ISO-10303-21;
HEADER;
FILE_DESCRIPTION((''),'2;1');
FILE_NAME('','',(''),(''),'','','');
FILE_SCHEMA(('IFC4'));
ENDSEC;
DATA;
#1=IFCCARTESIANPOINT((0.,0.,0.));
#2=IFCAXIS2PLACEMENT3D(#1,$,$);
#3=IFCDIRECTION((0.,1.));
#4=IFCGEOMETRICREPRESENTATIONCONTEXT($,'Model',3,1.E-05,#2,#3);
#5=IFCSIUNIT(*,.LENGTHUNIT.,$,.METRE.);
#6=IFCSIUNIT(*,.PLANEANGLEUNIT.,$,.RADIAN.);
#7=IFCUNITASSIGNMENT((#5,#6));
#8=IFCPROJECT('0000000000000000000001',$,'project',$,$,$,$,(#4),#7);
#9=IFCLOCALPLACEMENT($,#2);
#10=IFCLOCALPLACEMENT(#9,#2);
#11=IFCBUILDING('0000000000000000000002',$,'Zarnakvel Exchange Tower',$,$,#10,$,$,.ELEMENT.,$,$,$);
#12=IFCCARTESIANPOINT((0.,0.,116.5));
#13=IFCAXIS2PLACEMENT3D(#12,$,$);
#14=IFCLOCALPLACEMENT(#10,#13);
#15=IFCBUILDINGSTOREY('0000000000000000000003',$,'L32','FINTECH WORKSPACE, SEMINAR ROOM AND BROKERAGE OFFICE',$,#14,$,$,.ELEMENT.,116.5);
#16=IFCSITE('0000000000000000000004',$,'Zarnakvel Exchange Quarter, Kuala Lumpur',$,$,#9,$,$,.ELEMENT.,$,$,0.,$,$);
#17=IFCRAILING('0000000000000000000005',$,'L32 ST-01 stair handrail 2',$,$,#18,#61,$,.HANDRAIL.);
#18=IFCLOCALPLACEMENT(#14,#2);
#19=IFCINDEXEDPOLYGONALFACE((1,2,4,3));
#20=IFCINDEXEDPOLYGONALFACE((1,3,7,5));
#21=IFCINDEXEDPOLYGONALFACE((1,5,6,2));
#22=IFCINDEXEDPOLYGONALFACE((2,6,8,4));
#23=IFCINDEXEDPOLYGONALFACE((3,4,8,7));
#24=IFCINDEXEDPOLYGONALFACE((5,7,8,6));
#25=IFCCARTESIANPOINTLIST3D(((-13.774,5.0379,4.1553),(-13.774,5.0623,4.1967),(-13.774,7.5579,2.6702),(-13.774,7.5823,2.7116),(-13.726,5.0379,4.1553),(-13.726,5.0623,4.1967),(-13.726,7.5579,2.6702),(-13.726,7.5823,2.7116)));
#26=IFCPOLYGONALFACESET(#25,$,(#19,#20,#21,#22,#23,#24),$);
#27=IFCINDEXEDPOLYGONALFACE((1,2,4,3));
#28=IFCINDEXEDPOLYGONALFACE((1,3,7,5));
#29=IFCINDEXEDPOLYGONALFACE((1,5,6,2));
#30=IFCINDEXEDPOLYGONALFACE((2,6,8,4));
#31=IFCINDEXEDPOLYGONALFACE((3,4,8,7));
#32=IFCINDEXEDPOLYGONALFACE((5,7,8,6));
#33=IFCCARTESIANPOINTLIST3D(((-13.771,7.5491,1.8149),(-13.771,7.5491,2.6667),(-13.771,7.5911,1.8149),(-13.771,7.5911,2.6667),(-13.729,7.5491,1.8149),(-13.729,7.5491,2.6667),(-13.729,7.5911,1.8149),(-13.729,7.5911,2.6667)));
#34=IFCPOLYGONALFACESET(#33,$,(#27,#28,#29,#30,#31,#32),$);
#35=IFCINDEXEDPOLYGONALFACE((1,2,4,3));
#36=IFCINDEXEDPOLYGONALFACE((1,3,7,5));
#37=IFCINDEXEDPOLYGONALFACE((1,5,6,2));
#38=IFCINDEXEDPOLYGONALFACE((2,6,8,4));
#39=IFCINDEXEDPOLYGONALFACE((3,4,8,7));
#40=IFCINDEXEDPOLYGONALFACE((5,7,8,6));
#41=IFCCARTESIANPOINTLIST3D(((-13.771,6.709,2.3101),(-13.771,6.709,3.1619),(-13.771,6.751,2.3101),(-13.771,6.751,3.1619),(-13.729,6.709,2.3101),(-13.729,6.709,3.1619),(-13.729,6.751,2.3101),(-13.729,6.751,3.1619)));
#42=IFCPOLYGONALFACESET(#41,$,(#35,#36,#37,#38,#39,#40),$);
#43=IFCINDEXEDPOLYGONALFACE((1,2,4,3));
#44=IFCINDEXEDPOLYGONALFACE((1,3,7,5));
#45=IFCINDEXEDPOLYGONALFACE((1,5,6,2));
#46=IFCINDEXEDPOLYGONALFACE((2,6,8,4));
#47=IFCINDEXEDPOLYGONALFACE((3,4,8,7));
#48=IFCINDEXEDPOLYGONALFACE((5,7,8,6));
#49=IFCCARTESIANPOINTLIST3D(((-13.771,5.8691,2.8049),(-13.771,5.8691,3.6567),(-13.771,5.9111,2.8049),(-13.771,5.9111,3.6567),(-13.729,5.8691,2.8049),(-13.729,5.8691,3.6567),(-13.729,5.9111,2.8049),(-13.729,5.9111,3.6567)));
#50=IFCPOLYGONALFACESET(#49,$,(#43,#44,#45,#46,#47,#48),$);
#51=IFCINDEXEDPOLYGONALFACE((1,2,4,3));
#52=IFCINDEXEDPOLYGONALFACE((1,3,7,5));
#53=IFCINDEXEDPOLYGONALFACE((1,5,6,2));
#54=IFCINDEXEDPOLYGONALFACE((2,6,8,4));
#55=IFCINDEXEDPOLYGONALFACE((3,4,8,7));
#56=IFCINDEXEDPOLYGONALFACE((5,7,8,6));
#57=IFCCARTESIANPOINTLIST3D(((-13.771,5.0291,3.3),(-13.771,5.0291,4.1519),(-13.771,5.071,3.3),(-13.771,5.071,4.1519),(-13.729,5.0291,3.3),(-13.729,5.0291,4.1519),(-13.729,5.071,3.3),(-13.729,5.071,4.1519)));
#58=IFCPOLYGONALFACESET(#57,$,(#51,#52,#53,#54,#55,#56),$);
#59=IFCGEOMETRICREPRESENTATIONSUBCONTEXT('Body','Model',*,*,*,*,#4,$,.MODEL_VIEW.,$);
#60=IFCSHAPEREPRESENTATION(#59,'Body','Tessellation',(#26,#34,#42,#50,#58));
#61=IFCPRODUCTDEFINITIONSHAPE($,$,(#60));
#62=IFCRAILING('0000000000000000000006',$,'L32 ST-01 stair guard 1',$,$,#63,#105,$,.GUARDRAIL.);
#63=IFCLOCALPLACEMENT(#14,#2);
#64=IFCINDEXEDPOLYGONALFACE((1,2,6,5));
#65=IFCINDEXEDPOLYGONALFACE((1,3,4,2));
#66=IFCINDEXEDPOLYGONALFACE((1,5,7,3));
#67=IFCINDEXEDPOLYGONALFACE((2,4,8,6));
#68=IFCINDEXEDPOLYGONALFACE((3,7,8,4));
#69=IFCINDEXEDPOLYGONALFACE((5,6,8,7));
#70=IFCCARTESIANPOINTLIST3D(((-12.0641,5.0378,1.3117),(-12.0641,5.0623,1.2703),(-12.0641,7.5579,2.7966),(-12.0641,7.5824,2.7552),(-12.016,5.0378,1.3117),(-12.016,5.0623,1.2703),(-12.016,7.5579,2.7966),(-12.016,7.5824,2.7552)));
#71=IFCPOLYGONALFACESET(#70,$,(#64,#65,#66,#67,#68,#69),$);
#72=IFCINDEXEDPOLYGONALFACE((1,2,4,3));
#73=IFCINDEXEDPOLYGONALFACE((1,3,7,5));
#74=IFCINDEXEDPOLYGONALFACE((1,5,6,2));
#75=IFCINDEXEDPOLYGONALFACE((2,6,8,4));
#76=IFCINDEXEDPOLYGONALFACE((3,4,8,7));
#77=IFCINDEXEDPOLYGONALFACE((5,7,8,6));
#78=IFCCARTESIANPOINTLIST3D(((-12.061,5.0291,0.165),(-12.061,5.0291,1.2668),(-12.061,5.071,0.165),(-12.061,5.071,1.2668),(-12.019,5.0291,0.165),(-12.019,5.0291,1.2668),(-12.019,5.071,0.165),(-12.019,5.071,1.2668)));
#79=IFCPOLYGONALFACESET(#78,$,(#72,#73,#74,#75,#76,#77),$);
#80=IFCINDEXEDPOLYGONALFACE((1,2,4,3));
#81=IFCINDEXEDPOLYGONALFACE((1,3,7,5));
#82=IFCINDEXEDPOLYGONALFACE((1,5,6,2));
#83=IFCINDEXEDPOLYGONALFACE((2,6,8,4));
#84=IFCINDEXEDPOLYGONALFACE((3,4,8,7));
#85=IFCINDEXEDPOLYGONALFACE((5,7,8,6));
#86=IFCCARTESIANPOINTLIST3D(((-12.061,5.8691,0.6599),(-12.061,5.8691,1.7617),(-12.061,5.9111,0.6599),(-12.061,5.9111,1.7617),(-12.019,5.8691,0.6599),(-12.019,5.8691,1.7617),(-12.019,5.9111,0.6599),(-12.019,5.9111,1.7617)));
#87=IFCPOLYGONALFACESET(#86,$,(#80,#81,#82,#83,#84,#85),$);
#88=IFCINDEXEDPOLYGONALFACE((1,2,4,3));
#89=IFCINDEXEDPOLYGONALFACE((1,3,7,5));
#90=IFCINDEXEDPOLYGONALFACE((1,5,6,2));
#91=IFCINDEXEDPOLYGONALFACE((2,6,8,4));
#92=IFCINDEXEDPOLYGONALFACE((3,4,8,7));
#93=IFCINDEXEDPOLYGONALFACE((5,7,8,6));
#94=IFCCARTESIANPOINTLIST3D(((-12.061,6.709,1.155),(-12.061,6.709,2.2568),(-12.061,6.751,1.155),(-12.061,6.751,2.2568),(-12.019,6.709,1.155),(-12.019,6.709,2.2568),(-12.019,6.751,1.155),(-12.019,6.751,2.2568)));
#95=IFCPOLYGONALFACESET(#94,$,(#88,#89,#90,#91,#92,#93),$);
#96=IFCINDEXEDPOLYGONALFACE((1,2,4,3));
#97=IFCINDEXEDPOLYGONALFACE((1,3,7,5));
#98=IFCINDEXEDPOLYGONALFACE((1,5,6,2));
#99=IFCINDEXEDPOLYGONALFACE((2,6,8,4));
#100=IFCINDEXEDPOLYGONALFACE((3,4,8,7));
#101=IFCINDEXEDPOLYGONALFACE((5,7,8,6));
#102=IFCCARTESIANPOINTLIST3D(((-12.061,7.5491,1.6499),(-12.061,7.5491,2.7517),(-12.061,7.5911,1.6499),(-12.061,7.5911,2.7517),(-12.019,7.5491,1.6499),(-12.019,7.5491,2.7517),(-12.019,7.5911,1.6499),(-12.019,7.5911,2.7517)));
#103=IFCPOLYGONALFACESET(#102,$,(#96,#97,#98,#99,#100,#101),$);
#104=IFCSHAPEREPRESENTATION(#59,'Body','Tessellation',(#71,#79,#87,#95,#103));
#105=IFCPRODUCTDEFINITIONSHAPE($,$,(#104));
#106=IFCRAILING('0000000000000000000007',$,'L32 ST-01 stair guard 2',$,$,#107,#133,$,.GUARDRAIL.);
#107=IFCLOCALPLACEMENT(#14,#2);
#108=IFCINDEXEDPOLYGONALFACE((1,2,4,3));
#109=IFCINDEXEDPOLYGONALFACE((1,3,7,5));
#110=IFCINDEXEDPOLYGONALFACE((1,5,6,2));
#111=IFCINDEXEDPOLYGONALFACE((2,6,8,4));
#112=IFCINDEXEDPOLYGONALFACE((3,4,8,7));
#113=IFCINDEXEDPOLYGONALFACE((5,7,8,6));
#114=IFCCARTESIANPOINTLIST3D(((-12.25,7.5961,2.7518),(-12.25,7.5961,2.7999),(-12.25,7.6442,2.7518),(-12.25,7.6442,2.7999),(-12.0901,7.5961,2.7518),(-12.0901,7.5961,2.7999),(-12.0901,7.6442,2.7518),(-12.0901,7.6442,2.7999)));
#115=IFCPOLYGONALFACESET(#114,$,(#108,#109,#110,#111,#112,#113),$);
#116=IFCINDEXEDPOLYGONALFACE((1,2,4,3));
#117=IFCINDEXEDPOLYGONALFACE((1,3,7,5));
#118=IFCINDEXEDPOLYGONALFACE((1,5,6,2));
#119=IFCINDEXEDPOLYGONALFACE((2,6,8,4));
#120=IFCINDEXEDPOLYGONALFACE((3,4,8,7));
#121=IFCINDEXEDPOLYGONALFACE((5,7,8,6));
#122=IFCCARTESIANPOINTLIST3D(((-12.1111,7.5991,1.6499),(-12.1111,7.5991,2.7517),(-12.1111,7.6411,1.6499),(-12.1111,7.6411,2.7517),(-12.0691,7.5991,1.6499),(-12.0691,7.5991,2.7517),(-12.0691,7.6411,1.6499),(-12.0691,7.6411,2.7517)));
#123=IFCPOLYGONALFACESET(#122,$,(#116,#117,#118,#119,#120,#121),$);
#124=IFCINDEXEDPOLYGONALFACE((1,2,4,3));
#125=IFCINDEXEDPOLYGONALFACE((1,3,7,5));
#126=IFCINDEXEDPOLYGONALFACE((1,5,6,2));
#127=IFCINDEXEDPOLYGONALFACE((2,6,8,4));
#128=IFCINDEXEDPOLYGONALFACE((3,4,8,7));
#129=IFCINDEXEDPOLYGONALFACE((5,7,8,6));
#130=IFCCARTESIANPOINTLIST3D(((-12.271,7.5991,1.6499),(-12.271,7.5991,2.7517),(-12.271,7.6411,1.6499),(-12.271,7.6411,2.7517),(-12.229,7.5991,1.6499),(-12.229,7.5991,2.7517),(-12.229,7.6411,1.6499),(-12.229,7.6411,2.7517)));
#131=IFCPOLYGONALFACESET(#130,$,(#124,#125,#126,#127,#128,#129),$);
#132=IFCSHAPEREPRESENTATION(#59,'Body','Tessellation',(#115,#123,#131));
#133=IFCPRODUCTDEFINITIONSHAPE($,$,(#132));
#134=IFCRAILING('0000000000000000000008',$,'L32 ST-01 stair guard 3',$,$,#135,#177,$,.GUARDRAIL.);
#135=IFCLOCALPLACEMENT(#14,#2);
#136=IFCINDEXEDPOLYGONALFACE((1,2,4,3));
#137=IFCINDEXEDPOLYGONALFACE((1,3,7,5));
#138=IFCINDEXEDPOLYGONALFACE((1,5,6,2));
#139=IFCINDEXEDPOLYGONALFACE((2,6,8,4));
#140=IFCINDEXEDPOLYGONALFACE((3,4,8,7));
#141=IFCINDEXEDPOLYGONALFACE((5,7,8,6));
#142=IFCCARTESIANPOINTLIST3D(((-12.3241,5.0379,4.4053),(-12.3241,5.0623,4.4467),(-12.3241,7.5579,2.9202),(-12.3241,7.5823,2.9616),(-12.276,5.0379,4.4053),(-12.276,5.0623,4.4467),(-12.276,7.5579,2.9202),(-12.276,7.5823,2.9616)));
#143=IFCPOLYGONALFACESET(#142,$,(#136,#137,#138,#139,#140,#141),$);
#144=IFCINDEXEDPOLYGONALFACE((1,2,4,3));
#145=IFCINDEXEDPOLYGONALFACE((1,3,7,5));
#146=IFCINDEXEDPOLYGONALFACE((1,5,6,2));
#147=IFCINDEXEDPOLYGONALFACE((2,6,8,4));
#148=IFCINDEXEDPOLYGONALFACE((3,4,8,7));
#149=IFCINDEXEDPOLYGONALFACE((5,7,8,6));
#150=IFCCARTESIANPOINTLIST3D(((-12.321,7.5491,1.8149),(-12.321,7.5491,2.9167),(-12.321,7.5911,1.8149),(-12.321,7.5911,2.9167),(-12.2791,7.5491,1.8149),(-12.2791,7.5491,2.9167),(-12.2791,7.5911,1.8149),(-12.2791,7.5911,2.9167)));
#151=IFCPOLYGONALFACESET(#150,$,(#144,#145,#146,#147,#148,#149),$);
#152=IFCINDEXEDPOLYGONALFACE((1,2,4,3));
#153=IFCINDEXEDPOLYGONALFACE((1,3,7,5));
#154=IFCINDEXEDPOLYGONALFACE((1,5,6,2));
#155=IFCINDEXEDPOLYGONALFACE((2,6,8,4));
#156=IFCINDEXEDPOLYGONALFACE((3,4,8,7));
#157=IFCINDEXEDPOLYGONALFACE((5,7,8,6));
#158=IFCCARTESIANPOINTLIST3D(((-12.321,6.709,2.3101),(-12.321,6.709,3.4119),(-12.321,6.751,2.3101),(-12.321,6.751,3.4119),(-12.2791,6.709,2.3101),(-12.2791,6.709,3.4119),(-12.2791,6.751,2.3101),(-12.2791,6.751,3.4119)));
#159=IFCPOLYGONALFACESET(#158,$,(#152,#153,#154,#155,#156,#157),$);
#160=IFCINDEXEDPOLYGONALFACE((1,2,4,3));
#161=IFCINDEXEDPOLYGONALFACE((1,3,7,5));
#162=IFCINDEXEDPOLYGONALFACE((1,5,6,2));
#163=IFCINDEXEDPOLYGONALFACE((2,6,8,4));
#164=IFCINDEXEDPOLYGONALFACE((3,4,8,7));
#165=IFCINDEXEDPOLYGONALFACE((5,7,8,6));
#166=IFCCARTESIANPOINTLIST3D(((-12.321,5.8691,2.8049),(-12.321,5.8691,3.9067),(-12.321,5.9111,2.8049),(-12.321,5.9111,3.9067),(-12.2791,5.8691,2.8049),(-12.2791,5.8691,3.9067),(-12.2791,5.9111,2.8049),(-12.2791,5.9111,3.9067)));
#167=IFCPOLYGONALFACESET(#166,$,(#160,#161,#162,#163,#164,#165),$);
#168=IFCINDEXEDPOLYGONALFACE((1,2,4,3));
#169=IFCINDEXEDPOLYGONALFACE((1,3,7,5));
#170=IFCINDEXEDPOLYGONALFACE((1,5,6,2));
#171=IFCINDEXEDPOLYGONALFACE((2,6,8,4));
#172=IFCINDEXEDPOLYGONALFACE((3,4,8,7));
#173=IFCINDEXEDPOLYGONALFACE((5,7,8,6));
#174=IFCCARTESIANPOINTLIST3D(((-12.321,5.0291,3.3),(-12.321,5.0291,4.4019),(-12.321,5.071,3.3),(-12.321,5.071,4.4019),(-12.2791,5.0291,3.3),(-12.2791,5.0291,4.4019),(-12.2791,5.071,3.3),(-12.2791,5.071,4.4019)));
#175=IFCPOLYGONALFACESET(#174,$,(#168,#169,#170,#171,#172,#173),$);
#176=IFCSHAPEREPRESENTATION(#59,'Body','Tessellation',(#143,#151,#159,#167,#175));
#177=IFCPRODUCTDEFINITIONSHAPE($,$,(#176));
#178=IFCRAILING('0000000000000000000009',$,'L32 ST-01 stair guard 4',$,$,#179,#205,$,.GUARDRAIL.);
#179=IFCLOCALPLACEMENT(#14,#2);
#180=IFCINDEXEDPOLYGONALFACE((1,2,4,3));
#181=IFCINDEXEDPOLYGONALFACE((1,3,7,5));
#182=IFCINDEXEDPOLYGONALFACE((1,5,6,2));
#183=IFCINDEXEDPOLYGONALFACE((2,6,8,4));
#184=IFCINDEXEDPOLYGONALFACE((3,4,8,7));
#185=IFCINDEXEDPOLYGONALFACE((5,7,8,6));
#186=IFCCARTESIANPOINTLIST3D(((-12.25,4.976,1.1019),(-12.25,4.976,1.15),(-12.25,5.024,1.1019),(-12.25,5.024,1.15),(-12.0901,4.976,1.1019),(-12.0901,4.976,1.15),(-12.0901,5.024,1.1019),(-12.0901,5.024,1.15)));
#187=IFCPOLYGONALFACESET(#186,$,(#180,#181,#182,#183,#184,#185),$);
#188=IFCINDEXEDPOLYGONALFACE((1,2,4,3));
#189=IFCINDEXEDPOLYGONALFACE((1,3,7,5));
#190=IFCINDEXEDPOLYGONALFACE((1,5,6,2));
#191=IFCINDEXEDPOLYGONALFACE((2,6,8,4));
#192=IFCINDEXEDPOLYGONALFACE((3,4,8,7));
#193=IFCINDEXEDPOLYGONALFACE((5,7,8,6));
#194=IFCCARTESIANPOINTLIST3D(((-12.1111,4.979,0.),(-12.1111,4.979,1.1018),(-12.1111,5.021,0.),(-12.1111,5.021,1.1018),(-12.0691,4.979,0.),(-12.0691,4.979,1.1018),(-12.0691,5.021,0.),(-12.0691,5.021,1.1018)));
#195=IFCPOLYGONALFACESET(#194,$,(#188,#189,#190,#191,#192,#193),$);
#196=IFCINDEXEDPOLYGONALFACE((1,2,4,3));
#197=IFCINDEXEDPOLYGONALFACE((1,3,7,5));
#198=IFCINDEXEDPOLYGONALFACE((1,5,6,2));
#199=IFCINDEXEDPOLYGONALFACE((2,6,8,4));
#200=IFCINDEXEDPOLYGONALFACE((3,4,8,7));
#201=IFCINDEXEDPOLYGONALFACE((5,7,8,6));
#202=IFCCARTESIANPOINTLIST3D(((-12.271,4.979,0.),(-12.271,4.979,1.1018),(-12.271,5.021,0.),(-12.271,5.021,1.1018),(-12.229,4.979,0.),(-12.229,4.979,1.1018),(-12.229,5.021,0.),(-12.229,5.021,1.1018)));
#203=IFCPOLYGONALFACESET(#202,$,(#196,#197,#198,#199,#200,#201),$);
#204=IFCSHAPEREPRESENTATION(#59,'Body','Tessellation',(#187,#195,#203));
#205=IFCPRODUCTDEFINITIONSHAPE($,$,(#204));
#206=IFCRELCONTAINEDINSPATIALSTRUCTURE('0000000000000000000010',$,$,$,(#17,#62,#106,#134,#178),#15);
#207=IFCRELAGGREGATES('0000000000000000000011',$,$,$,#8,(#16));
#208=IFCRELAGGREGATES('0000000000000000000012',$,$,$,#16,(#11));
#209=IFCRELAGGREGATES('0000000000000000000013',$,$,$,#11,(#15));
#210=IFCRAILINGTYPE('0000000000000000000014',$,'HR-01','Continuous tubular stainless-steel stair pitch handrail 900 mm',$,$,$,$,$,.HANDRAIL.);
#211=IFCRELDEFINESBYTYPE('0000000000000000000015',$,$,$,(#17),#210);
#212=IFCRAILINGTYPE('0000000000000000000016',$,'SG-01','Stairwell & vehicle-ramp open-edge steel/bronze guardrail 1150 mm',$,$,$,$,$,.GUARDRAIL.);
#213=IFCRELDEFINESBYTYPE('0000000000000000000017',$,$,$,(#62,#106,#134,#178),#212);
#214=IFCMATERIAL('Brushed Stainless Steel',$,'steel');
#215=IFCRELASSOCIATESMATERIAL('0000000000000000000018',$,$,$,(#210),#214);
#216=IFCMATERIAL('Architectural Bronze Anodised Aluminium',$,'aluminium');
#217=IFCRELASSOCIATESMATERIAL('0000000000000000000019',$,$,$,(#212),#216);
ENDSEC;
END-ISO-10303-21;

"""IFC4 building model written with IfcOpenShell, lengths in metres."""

from ifc_helpers import new_model, si_unit, direction, frame, origin, origin_2d, place, context, subcontext, project, spatial, rectangle, extrude, material, type_object, element, save


model = new_model("IFC4")

# Units and contexts
model_context = context("Model", 3, precision=1e-05, world=origin(), true_north=direction((0.0, 1.0)))
body_context = subcontext(model_context, "Body", "Model", "MODEL_VIEW")
ifc_project = project(units=[si_unit("LENGTHUNIT", "METRE"), si_unit("PLANEANGLEUNIT", "RADIAN")], contexts=[model_context])

# Site, building, storey
site_placement = place(None, origin())
site = spatial("IfcSite", under=ifc_project, at=site_placement, Name="Zarnakvel Exchange Quarter, Kuala Lumpur", CompositionType="ELEMENT", RefElevation=0.0)
building_placement = place(site_placement, origin())
building = spatial("IfcBuilding", under=site, at=building_placement, Name="Zarnakvel Exchange Tower", CompositionType="ELEMENT")
storey_placement = place(building_placement, frame((0.0, 0.0, 116.5)))
storey = spatial("IfcBuildingStorey", under=building, at=storey_placement, Name="L32", Description="FINTECH WORKSPACE, SEMINAR ROOM AND BROKERAGE OFFICE", CompositionType="ELEMENT", Elevation=116.5)

# Shared definitions
ifc_material_1 = material(Name="Architectural Bronze Anodised Aluminium", Category="aluminium")

# Railings
ifc_material_2 = material(Name="Brushed Stainless Steel", Category="steel")
railing_type_1 = type_object("IfcRailingType", Name="HR-01", Description="Continuous tubular stainless-steel stair pitch handrail 900 mm", PredefinedType="HANDRAIL", material=ifc_material_2)
railing_1_placement = place(storey_placement, frame((-13.75, 7.5701, 1.8149)))
element("IfcRailing", 1, at=railing_1_placement, inside=storey, type_object=railing_type_1, Name="L32 ST-01 stair handrail 2", PredefinedType="HANDRAIL", context=body_context, shape_type="SweptSolid", body=[
    extrude(rectangle(XDim=0.0481, YDim=0.0481, at=origin_2d()), frame((0.0, 0.0, 0.876), z_axis=(0.0, -0.861524, 0.507717), x_axis=(1.0, 0.0, 0.0)), (0.0, 0.0, 1.0), 2.925),
    extrude(rectangle(XDim=0.042, YDim=0.042, at=origin_2d()), origin(), (0.0, 0.0, 1.0), 0.8518),
    extrude(rectangle(XDim=0.042, YDim=0.042, at=origin_2d()), frame((0.0, -0.8401, 0.4951)), (0.0, 0.0, 1.0), 0.8518),
    extrude(rectangle(XDim=0.042, YDim=0.042, at=origin_2d()), frame((0.0, -1.6799, 0.99)), (0.0, 0.0, 1.0), 0.8518),
    extrude(rectangle(XDim=0.042, YDim=0.042, at=origin_2d()), frame((0.0, -2.52, 1.4851)), (0.0, 0.0, 1.0), 0.8518),
])
railing_type_2 = type_object("IfcRailingType", Name="SG-01", Description="Stairwell & vehicle-ramp open-edge steel/bronze guardrail 1150 mm", PredefinedType="GUARDRAIL", material=ifc_material_1)
railing_2_placement = place(storey_placement, frame((-12.04, 5.05, 0.165)))
element("IfcRailing", 2, at=railing_2_placement, inside=storey, type_object=railing_type_2, Name="L32 ST-01 stair guard 1", PredefinedType="GUARDRAIL", context=body_context, shape_type="SweptSolid", body=[
    extrude(rectangle(XDim=0.0481, YDim=0.0481, at=origin_2d()), frame((0.0, 0.0, 1.126), z_axis=(0.0, 0.861561, 0.507655), x_axis=(-1.0, 0.0, 0.0)), (0.0, 0.0, 1.0), 2.925),
    extrude(rectangle(XDim=0.042, YDim=0.042, at=origin_2d()), origin(), (0.0, 0.0, 1.0), 1.1018),
    extrude(rectangle(XDim=0.042, YDim=0.042, at=origin_2d()), frame((0.0, 0.8401, 0.4949)), (0.0, 0.0, 1.0), 1.1018),
    extrude(rectangle(XDim=0.042, YDim=0.042, at=origin_2d()), frame((0.0, 1.6799, 0.99)), (0.0, 0.0, 1.0), 1.1018),
    extrude(rectangle(XDim=0.042, YDim=0.042, at=origin_2d()), frame((0.0, 2.52, 1.4849)), (0.0, 0.0, 1.0), 1.1018),
])
railing_3_placement = place(storey_placement, frame((-12.0901, 7.6201, 1.6499)))
element("IfcRailing", 3, at=railing_3_placement, inside=storey, type_object=railing_type_2, Name="L32 ST-01 stair guard 2", PredefinedType="GUARDRAIL", context=body_context, shape_type="SweptSolid", body=[
    extrude(rectangle(XDim=0.0481, YDim=0.0481, at=origin_2d()), frame((0.0, 0.0, 1.126), z_axis=(-1.0, 0.0, 0.0), x_axis=(0.0, -1.0, 0.0)), (0.0, 0.0, 1.0), 0.1599),
    extrude(rectangle(XDim=0.042, YDim=0.042, at=origin_2d()), origin(), (0.0, 0.0, 1.0), 1.1018),
    extrude(rectangle(XDim=0.042, YDim=0.042, at=origin_2d()), frame((-0.1599, 0.0, 0.0)), (0.0, 0.0, 1.0), 1.1018),
])
railing_4_placement = place(storey_placement, frame((-12.3, 7.5701, 1.8149)))
element("IfcRailing", 4, at=railing_4_placement, inside=storey, type_object=railing_type_2, Name="L32 ST-01 stair guard 3", PredefinedType="GUARDRAIL", context=body_context, shape_type="SweptSolid", body=[
    extrude(rectangle(XDim=0.0481, YDim=0.0481, at=origin_2d()), frame((0.0, 0.0, 1.126), z_axis=(0.0, -0.861524, 0.507717), x_axis=(1.0, 0.0, 0.0)), (0.0, 0.0, 1.0), 2.925),
    extrude(rectangle(XDim=0.042, YDim=0.042, at=origin_2d()), origin(), (0.0, 0.0, 1.0), 1.1018),
    extrude(rectangle(XDim=0.042, YDim=0.042, at=origin_2d()), frame((0.0, -0.8401, 0.4951)), (0.0, 0.0, 1.0), 1.1018),
    extrude(rectangle(XDim=0.042, YDim=0.042, at=origin_2d()), frame((0.0, -1.6799, 0.99)), (0.0, 0.0, 1.0), 1.1018),
    extrude(rectangle(XDim=0.042, YDim=0.042, at=origin_2d()), frame((0.0, -2.52, 1.4851)), (0.0, 0.0, 1.0), 1.1018),
])
railing_5_placement = place(storey_placement, frame((-12.0901, 5.0, 0.0)))
element("IfcRailing", 5, at=railing_5_placement, inside=storey, type_object=railing_type_2, Name="L32 ST-01 stair guard 4", PredefinedType="GUARDRAIL", context=body_context, shape_type="SweptSolid", body=[
    extrude(rectangle(XDim=0.0481, YDim=0.0481, at=origin_2d()), frame((0.0, 0.0, 1.126), z_axis=(-1.0, 0.0, 0.0), x_axis=(0.0, -1.0, 0.0)), (0.0, 0.0, 1.0), 0.1599),
    extrude(rectangle(XDim=0.042, YDim=0.042, at=origin_2d()), origin(), (0.0, 0.0, 1.0), 1.1018),
    extrude(rectangle(XDim=0.042, YDim=0.042, at=origin_2d()), frame((-0.1599, 0.0, 0.0)), (0.0, 0.0, 1.0), 1.1018),
])

save(model, "model.ifc")
